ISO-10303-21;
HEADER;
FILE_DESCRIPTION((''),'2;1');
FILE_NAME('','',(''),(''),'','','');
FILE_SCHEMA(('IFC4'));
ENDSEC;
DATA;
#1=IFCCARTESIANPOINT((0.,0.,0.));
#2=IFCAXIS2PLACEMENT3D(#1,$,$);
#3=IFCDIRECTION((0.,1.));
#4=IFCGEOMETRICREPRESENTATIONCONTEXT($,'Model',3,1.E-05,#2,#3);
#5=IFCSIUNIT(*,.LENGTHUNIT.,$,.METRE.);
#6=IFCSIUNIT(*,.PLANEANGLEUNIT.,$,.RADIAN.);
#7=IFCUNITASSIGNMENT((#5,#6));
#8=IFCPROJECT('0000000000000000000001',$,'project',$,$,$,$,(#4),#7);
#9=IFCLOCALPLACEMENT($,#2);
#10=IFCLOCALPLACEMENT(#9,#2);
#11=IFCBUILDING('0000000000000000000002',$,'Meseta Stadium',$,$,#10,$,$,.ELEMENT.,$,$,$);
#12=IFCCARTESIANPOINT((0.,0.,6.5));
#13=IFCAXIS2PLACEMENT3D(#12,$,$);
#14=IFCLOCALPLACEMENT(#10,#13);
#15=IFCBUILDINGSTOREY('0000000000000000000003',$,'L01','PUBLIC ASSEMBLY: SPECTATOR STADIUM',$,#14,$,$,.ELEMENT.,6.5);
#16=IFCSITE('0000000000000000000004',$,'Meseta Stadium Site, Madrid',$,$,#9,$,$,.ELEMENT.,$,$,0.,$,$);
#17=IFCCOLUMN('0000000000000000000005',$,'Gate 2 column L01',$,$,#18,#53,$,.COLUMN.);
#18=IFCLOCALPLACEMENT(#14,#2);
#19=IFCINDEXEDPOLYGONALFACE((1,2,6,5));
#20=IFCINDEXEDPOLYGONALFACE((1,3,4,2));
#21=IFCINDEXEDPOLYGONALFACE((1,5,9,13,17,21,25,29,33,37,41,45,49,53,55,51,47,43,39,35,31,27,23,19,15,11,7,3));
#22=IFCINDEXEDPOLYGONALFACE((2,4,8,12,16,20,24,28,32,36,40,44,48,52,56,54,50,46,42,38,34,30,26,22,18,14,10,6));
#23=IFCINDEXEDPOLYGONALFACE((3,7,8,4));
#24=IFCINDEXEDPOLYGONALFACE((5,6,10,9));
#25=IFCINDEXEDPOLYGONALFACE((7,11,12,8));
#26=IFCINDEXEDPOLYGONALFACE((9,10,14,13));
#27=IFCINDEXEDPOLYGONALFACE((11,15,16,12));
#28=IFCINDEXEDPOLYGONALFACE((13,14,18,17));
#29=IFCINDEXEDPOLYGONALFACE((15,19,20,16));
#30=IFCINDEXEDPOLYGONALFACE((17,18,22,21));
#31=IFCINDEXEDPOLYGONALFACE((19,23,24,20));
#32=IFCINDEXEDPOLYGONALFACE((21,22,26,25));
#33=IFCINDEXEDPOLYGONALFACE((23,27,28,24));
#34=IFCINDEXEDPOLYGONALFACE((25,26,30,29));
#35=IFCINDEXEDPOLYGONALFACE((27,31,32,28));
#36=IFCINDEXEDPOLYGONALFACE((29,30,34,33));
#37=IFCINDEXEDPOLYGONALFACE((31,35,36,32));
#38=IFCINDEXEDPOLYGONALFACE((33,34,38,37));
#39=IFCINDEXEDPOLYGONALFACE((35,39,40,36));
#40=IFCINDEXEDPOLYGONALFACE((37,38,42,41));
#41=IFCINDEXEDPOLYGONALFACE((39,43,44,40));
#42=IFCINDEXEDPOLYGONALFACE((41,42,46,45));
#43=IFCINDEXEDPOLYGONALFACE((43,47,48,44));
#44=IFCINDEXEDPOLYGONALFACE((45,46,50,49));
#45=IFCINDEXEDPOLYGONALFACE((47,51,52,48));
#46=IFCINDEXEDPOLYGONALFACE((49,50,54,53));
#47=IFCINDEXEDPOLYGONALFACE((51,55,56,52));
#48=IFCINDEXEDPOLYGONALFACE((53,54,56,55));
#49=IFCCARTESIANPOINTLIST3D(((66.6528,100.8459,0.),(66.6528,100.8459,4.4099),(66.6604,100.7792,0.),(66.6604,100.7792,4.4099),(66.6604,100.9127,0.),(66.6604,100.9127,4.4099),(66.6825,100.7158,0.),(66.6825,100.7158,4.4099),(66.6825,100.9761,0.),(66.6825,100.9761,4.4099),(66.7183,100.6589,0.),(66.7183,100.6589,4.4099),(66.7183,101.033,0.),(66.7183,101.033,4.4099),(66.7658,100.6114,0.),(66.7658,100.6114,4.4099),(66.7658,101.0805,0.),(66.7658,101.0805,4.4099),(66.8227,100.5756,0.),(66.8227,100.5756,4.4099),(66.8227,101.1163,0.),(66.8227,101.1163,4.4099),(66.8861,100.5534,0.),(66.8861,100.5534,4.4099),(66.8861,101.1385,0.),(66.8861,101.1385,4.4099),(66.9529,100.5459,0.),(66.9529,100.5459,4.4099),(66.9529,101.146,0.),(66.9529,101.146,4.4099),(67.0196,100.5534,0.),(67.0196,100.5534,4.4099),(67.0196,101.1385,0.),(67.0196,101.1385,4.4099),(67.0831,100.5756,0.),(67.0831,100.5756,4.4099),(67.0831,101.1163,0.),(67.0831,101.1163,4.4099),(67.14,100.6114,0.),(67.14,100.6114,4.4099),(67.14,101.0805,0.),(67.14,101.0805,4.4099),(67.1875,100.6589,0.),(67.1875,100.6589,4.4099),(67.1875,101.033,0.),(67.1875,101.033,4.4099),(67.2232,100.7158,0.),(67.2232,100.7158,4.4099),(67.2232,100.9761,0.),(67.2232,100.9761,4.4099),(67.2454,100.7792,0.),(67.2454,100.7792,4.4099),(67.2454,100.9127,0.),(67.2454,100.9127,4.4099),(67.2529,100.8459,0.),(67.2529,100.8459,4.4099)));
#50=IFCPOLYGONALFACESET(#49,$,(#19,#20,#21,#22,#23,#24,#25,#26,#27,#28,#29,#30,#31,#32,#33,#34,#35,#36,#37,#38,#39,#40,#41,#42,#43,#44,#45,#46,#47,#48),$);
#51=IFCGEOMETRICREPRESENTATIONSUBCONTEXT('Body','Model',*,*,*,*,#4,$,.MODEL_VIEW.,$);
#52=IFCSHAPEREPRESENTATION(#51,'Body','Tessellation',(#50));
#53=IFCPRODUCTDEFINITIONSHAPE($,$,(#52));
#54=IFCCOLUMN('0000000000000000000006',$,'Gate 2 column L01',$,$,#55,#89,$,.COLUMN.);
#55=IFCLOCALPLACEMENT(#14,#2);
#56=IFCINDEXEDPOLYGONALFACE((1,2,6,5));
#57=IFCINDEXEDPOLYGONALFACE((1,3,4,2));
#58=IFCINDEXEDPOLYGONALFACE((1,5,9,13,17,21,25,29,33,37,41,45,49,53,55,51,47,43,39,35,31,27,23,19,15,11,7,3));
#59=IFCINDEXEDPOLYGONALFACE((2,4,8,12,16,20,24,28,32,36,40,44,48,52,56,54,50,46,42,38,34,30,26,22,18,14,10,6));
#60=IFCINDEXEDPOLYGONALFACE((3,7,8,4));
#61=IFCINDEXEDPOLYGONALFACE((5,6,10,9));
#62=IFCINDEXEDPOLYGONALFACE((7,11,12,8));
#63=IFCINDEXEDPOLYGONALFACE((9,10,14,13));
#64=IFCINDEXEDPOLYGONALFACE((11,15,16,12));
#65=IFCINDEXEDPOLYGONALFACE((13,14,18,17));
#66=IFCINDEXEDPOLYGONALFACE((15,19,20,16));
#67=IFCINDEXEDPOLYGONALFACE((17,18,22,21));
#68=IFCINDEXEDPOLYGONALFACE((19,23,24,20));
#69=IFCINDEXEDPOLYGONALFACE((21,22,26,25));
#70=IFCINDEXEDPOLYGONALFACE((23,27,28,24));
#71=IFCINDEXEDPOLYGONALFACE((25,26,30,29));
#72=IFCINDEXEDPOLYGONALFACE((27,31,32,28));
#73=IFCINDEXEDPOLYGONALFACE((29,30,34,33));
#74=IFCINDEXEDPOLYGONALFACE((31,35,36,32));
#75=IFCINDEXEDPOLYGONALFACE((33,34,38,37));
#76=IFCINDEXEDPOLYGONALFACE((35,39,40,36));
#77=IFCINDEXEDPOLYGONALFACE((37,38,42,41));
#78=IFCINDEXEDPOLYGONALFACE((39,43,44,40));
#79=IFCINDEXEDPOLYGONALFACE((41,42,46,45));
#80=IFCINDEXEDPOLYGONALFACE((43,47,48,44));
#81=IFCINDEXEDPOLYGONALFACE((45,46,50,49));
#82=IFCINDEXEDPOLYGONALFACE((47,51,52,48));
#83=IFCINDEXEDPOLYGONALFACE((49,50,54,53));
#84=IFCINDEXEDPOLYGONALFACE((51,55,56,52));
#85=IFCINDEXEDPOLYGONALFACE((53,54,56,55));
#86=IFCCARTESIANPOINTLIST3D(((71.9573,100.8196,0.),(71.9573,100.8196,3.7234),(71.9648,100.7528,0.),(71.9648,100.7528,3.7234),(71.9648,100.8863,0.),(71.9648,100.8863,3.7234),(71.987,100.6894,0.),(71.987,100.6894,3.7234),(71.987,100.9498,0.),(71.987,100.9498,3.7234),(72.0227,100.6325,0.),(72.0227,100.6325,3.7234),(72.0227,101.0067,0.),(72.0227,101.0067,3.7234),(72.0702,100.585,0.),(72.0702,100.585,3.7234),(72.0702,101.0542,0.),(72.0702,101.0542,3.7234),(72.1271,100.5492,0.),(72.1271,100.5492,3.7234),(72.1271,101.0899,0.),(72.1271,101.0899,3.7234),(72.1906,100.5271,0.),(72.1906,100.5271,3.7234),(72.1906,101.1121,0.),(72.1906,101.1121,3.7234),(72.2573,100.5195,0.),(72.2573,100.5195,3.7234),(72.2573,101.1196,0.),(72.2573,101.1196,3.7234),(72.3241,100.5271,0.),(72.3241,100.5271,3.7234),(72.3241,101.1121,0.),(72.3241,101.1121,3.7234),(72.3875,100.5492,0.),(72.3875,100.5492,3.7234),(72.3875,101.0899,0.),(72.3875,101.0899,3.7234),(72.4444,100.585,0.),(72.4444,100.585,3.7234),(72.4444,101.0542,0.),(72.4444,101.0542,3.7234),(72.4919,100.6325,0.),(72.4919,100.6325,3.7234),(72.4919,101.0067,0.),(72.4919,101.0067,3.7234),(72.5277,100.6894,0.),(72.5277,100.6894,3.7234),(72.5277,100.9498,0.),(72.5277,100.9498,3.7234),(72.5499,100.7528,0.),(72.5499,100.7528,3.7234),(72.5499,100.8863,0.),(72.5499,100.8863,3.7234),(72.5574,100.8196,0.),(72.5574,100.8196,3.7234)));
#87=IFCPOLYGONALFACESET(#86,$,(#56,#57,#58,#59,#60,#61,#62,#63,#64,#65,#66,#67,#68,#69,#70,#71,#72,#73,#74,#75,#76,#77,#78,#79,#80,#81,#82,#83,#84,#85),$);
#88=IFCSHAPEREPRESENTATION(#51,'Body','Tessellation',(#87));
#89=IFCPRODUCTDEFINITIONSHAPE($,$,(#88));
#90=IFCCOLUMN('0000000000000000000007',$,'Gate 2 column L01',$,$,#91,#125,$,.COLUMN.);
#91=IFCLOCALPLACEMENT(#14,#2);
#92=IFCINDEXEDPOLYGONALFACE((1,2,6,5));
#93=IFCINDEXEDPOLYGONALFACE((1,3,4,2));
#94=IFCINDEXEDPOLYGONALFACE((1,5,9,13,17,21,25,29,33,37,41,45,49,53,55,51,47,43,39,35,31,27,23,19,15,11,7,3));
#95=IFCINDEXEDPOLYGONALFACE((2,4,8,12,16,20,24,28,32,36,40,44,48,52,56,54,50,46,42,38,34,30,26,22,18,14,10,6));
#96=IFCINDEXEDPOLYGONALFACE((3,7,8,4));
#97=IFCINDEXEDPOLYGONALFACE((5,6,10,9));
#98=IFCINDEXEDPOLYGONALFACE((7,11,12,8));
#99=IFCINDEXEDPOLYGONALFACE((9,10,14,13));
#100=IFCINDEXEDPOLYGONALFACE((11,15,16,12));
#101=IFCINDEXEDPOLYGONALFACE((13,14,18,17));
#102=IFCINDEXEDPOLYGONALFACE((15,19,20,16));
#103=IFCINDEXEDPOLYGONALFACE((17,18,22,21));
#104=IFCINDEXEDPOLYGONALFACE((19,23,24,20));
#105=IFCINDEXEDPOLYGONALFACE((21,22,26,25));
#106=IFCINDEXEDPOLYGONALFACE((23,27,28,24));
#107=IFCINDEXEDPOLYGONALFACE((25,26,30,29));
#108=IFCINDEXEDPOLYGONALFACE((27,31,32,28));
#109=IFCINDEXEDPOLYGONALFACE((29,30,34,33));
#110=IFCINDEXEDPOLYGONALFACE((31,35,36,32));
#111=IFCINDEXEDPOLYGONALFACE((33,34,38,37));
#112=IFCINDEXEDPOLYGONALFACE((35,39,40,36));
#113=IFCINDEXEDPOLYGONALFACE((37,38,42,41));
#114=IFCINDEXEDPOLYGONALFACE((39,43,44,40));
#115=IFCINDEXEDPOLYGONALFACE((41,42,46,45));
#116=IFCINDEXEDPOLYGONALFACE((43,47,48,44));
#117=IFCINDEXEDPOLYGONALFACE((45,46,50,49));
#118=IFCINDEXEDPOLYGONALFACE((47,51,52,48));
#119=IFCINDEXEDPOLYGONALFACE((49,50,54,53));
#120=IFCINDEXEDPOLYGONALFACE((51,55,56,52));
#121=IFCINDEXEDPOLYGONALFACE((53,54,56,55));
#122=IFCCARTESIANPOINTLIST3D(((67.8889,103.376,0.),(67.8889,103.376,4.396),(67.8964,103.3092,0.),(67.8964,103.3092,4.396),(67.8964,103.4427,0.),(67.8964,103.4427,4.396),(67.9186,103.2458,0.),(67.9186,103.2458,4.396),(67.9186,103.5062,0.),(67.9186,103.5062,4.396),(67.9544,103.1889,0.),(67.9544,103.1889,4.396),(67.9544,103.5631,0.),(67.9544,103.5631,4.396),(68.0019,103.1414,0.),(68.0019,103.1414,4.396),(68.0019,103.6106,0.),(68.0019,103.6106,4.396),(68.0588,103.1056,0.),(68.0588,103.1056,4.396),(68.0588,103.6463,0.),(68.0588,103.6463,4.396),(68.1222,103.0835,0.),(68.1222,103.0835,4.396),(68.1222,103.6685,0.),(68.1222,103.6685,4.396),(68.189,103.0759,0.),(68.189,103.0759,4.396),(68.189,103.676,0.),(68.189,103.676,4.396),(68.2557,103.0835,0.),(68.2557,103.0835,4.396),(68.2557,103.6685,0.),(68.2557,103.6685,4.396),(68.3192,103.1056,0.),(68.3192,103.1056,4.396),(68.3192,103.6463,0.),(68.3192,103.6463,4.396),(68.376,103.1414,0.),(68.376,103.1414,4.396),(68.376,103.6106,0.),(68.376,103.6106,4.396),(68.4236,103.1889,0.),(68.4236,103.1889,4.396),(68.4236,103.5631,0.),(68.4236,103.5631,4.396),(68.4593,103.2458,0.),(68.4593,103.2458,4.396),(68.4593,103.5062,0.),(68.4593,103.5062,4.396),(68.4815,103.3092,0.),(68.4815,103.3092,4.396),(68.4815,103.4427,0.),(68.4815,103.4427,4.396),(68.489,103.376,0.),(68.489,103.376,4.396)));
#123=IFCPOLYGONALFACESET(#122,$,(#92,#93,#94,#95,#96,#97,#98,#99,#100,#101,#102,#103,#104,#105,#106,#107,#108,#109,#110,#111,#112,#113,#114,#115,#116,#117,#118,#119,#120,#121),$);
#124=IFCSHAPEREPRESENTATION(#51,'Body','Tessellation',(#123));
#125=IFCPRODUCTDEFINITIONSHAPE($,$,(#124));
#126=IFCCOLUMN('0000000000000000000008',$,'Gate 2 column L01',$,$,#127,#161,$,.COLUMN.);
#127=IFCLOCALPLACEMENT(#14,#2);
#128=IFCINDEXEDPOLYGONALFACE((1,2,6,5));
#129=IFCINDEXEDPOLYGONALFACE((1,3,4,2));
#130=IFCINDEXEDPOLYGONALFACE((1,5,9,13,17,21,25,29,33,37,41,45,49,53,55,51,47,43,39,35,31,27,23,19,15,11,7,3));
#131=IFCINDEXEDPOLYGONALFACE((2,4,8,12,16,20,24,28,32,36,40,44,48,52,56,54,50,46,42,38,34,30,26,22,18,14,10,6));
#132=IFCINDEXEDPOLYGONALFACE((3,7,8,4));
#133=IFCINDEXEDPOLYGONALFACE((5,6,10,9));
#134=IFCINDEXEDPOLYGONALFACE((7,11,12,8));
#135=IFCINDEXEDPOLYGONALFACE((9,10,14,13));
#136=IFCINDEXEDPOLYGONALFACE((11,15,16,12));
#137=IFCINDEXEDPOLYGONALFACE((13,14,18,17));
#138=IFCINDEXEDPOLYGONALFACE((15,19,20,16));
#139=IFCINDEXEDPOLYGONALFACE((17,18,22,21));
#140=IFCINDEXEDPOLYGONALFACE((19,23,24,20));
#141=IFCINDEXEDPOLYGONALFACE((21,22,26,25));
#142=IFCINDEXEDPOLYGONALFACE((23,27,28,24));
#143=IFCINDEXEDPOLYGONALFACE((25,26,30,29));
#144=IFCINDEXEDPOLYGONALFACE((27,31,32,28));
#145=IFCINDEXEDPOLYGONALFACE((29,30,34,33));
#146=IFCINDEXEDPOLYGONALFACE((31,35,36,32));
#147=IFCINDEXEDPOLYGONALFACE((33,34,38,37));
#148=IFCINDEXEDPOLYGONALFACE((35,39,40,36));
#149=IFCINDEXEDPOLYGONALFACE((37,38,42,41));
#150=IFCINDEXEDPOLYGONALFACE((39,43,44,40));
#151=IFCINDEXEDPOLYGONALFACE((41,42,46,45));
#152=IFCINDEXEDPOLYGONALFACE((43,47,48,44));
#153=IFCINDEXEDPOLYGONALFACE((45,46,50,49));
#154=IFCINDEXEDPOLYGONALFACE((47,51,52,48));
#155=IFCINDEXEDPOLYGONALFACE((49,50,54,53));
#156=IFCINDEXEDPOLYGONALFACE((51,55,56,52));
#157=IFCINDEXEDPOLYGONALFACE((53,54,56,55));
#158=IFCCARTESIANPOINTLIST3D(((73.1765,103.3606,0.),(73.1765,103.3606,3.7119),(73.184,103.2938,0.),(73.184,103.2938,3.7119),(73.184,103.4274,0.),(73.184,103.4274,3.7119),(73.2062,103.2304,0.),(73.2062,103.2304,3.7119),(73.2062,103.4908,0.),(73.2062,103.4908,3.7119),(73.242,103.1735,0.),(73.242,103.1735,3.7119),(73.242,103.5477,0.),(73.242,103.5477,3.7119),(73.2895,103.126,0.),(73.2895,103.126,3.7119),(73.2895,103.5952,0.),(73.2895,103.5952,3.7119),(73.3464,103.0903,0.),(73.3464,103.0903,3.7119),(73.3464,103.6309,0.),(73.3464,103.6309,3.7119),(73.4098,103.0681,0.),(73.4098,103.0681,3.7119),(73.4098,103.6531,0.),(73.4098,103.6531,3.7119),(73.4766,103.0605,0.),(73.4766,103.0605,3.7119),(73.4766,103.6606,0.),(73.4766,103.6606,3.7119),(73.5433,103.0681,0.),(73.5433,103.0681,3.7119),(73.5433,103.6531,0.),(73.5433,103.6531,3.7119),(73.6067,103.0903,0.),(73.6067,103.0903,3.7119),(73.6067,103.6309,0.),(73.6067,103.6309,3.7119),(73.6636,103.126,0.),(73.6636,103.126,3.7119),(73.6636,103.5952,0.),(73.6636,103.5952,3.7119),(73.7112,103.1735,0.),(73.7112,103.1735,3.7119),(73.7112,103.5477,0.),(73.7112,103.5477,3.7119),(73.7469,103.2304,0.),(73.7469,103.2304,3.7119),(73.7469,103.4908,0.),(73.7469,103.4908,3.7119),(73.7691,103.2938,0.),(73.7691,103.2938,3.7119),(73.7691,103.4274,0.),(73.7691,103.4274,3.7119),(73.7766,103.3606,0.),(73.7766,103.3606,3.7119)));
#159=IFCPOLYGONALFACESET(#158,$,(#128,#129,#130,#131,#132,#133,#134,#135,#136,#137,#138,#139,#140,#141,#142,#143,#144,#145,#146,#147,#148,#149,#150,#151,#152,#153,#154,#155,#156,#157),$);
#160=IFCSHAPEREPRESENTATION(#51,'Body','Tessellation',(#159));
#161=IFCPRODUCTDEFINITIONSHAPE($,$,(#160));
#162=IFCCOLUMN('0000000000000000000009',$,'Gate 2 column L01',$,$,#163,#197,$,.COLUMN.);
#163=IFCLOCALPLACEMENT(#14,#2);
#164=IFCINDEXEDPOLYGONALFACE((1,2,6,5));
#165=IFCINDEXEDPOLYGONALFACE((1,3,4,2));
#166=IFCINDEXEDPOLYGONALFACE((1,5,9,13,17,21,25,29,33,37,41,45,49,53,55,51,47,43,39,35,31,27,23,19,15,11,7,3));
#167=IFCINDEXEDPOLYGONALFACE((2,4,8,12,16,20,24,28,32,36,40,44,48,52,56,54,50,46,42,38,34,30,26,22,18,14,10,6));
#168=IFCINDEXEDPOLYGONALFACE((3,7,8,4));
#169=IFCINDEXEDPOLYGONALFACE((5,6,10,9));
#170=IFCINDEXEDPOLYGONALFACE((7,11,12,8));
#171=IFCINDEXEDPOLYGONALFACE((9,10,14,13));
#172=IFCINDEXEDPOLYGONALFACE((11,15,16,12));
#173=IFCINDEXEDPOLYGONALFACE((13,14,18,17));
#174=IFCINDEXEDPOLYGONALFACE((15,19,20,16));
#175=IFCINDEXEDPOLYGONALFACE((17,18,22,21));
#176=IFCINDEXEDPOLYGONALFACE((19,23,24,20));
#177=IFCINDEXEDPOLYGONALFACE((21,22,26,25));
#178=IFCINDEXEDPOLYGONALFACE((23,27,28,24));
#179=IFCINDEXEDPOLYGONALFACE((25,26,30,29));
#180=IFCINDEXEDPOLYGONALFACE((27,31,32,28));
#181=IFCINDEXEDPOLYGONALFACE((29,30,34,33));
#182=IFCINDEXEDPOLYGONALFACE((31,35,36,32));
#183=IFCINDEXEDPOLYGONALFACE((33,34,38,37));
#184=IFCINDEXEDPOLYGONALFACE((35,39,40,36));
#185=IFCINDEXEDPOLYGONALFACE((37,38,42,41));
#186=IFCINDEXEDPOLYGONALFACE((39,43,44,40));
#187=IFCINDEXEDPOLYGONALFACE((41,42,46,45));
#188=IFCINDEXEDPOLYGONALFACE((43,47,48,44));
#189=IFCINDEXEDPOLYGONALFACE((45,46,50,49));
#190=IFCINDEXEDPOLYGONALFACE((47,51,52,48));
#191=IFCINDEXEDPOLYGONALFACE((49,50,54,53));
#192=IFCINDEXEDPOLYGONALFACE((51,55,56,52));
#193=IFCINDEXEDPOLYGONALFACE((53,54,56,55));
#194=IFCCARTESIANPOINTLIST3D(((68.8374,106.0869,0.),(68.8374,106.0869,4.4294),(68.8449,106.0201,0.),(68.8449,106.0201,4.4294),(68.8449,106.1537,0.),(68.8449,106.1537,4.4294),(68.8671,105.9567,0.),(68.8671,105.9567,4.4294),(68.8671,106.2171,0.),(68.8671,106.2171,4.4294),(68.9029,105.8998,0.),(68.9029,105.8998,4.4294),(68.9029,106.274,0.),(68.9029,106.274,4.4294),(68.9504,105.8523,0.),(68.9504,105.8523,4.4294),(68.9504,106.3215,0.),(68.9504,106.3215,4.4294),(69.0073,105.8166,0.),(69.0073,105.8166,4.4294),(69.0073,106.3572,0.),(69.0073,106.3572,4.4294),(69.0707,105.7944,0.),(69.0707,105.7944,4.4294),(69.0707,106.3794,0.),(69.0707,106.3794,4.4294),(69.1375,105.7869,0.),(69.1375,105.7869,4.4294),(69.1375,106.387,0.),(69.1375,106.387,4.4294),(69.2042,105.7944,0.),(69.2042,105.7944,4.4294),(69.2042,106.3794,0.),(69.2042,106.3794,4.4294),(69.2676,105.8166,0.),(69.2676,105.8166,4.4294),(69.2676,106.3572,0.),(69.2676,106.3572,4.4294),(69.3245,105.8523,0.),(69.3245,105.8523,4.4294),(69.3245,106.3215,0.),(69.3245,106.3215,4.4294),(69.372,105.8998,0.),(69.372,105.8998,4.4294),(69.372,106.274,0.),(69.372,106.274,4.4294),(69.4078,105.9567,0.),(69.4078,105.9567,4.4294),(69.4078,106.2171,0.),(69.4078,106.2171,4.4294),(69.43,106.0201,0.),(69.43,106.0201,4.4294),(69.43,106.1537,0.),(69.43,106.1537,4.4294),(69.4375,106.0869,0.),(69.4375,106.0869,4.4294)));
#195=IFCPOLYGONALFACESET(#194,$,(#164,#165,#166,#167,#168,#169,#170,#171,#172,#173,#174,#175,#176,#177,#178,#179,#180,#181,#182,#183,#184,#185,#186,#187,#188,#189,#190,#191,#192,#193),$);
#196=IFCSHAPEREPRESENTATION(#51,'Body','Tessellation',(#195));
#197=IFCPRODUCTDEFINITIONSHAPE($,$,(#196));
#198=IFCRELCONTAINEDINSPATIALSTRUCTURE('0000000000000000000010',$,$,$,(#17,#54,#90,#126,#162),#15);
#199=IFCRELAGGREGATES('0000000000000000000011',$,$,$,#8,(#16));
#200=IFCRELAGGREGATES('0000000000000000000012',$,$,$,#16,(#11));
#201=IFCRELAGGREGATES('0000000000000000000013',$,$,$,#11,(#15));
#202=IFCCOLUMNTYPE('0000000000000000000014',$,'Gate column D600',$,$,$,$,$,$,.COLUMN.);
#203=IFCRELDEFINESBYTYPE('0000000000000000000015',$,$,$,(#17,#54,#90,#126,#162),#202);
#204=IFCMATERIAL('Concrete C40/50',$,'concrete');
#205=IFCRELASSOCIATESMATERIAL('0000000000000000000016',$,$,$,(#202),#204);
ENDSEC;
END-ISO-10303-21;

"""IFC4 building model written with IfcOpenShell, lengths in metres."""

from ifc_helpers import new_model, si_unit, direction, frame, origin, origin_2d, place, context, subcontext, project, spatial, circle, extrude, material, material_profile, profile_set, type_object, element, save


model = new_model("IFC4")

# Units and contexts
model_context = context("Model", 3, precision=1e-05, world=origin(), true_north=direction((0.0, 1.0)))
body_context = subcontext(model_context, "Body", "Model", "MODEL_VIEW")
ifc_project = project(units=[si_unit("LENGTHUNIT", "METRE"), si_unit("PLANEANGLEUNIT", "RADIAN")], contexts=[model_context])

# Site, building, storey
site_placement = place(None, origin())
site = spatial("IfcSite", under=ifc_project, at=site_placement, Name="Meseta Stadium Site, Madrid", CompositionType="ELEMENT", RefElevation=0.0)
building_placement = place(site_placement, origin())
building = spatial("IfcBuilding", under=site, at=building_placement, Name="Meseta Stadium", CompositionType="ELEMENT")
storey_placement = place(building_placement, frame((0.0, 0.0, 6.5)))
storey = spatial("IfcBuildingStorey", under=building, at=storey_placement, Name="L01", Description="PUBLIC ASSEMBLY: SPECTATOR STADIUM", CompositionType="ELEMENT", Elevation=6.5)

# Columns
ifc_material_1 = material(Name="Concrete C40/50", Category="concrete")
ifc_material_profile_1 = material_profile(ifc_material_1, circle(Radius=0.3, at=origin_2d()), Name="RC D600")
ifc_profile_set_1 = profile_set([ifc_material_profile_1], Name="Concrete C40/50")
column_type_1 = type_object("IfcColumnType", Name="Gate column D600", PredefinedType="COLUMN", material=ifc_profile_set_1)
column_1_placement = place(storey_placement, frame((66.9529, 100.8459, 0.0), z_axis=(0.0, 0.0, 1.0), x_axis=(1.0, 0.0, 0.0)))
element("IfcColumn", 1, at=column_1_placement, inside=storey, type_object=column_type_1, Name="Gate 2 column L01", PredefinedType="COLUMN", context=body_context, shape_type="SweptSolid", body=[
    extrude(circle(Radius=0.3, at=origin_2d()), origin(), (0.0, 0.0, 1.0), 4.4099),
])
column_2_placement = place(storey_placement, frame((72.2573, 100.8196, 0.0), z_axis=(0.0, 0.0, 1.0), x_axis=(1.0, 0.0, 0.0)))
element("IfcColumn", 2, at=column_2_placement, inside=storey, type_object=column_type_1, Name="Gate 2 column L01", PredefinedType="COLUMN", context=body_context, shape_type="SweptSolid", body=[
    extrude(circle(Radius=0.3, at=origin_2d()), origin(), (0.0, 0.0, 1.0), 3.7234),
])
column_3_placement = place(storey_placement, frame((68.189, 103.376, 0.0), z_axis=(0.0, 0.0, 1.0), x_axis=(1.0, 0.0, 0.0)))
element("IfcColumn", 3, at=column_3_placement, inside=storey, type_object=column_type_1, Name="Gate 2 column L01", PredefinedType="COLUMN", context=body_context, shape_type="SweptSolid", body=[
    extrude(circle(Radius=0.3, at=origin_2d()), origin(), (0.0, 0.0, 1.0), 4.396),
])
column_4_placement = place(storey_placement, frame((73.4766, 103.3606, 0.0), z_axis=(0.0, 0.0, 1.0), x_axis=(1.0, 0.0, 0.0)))
element("IfcColumn", 4, at=column_4_placement, inside=storey, type_object=column_type_1, Name="Gate 2 column L01", PredefinedType="COLUMN", context=body_context, shape_type="SweptSolid", body=[
    extrude(circle(Radius=0.3, at=origin_2d()), origin(), (0.0, 0.0, 1.0), 3.7119),
])
column_5_placement = place(storey_placement, frame((69.1375, 106.0869, 0.0), z_axis=(0.0, 0.0, 1.0), x_axis=(1.0, 0.0, 0.0)))
element("IfcColumn", 5, at=column_5_placement, inside=storey, type_object=column_type_1, Name="Gate 2 column L01", PredefinedType="COLUMN", context=body_context, shape_type="SweptSolid", body=[
    extrude(circle(Radius=0.3, at=origin_2d()), origin(), (0.0, 0.0, 1.0), 4.4294),
])

save(model, "model.ifc")
